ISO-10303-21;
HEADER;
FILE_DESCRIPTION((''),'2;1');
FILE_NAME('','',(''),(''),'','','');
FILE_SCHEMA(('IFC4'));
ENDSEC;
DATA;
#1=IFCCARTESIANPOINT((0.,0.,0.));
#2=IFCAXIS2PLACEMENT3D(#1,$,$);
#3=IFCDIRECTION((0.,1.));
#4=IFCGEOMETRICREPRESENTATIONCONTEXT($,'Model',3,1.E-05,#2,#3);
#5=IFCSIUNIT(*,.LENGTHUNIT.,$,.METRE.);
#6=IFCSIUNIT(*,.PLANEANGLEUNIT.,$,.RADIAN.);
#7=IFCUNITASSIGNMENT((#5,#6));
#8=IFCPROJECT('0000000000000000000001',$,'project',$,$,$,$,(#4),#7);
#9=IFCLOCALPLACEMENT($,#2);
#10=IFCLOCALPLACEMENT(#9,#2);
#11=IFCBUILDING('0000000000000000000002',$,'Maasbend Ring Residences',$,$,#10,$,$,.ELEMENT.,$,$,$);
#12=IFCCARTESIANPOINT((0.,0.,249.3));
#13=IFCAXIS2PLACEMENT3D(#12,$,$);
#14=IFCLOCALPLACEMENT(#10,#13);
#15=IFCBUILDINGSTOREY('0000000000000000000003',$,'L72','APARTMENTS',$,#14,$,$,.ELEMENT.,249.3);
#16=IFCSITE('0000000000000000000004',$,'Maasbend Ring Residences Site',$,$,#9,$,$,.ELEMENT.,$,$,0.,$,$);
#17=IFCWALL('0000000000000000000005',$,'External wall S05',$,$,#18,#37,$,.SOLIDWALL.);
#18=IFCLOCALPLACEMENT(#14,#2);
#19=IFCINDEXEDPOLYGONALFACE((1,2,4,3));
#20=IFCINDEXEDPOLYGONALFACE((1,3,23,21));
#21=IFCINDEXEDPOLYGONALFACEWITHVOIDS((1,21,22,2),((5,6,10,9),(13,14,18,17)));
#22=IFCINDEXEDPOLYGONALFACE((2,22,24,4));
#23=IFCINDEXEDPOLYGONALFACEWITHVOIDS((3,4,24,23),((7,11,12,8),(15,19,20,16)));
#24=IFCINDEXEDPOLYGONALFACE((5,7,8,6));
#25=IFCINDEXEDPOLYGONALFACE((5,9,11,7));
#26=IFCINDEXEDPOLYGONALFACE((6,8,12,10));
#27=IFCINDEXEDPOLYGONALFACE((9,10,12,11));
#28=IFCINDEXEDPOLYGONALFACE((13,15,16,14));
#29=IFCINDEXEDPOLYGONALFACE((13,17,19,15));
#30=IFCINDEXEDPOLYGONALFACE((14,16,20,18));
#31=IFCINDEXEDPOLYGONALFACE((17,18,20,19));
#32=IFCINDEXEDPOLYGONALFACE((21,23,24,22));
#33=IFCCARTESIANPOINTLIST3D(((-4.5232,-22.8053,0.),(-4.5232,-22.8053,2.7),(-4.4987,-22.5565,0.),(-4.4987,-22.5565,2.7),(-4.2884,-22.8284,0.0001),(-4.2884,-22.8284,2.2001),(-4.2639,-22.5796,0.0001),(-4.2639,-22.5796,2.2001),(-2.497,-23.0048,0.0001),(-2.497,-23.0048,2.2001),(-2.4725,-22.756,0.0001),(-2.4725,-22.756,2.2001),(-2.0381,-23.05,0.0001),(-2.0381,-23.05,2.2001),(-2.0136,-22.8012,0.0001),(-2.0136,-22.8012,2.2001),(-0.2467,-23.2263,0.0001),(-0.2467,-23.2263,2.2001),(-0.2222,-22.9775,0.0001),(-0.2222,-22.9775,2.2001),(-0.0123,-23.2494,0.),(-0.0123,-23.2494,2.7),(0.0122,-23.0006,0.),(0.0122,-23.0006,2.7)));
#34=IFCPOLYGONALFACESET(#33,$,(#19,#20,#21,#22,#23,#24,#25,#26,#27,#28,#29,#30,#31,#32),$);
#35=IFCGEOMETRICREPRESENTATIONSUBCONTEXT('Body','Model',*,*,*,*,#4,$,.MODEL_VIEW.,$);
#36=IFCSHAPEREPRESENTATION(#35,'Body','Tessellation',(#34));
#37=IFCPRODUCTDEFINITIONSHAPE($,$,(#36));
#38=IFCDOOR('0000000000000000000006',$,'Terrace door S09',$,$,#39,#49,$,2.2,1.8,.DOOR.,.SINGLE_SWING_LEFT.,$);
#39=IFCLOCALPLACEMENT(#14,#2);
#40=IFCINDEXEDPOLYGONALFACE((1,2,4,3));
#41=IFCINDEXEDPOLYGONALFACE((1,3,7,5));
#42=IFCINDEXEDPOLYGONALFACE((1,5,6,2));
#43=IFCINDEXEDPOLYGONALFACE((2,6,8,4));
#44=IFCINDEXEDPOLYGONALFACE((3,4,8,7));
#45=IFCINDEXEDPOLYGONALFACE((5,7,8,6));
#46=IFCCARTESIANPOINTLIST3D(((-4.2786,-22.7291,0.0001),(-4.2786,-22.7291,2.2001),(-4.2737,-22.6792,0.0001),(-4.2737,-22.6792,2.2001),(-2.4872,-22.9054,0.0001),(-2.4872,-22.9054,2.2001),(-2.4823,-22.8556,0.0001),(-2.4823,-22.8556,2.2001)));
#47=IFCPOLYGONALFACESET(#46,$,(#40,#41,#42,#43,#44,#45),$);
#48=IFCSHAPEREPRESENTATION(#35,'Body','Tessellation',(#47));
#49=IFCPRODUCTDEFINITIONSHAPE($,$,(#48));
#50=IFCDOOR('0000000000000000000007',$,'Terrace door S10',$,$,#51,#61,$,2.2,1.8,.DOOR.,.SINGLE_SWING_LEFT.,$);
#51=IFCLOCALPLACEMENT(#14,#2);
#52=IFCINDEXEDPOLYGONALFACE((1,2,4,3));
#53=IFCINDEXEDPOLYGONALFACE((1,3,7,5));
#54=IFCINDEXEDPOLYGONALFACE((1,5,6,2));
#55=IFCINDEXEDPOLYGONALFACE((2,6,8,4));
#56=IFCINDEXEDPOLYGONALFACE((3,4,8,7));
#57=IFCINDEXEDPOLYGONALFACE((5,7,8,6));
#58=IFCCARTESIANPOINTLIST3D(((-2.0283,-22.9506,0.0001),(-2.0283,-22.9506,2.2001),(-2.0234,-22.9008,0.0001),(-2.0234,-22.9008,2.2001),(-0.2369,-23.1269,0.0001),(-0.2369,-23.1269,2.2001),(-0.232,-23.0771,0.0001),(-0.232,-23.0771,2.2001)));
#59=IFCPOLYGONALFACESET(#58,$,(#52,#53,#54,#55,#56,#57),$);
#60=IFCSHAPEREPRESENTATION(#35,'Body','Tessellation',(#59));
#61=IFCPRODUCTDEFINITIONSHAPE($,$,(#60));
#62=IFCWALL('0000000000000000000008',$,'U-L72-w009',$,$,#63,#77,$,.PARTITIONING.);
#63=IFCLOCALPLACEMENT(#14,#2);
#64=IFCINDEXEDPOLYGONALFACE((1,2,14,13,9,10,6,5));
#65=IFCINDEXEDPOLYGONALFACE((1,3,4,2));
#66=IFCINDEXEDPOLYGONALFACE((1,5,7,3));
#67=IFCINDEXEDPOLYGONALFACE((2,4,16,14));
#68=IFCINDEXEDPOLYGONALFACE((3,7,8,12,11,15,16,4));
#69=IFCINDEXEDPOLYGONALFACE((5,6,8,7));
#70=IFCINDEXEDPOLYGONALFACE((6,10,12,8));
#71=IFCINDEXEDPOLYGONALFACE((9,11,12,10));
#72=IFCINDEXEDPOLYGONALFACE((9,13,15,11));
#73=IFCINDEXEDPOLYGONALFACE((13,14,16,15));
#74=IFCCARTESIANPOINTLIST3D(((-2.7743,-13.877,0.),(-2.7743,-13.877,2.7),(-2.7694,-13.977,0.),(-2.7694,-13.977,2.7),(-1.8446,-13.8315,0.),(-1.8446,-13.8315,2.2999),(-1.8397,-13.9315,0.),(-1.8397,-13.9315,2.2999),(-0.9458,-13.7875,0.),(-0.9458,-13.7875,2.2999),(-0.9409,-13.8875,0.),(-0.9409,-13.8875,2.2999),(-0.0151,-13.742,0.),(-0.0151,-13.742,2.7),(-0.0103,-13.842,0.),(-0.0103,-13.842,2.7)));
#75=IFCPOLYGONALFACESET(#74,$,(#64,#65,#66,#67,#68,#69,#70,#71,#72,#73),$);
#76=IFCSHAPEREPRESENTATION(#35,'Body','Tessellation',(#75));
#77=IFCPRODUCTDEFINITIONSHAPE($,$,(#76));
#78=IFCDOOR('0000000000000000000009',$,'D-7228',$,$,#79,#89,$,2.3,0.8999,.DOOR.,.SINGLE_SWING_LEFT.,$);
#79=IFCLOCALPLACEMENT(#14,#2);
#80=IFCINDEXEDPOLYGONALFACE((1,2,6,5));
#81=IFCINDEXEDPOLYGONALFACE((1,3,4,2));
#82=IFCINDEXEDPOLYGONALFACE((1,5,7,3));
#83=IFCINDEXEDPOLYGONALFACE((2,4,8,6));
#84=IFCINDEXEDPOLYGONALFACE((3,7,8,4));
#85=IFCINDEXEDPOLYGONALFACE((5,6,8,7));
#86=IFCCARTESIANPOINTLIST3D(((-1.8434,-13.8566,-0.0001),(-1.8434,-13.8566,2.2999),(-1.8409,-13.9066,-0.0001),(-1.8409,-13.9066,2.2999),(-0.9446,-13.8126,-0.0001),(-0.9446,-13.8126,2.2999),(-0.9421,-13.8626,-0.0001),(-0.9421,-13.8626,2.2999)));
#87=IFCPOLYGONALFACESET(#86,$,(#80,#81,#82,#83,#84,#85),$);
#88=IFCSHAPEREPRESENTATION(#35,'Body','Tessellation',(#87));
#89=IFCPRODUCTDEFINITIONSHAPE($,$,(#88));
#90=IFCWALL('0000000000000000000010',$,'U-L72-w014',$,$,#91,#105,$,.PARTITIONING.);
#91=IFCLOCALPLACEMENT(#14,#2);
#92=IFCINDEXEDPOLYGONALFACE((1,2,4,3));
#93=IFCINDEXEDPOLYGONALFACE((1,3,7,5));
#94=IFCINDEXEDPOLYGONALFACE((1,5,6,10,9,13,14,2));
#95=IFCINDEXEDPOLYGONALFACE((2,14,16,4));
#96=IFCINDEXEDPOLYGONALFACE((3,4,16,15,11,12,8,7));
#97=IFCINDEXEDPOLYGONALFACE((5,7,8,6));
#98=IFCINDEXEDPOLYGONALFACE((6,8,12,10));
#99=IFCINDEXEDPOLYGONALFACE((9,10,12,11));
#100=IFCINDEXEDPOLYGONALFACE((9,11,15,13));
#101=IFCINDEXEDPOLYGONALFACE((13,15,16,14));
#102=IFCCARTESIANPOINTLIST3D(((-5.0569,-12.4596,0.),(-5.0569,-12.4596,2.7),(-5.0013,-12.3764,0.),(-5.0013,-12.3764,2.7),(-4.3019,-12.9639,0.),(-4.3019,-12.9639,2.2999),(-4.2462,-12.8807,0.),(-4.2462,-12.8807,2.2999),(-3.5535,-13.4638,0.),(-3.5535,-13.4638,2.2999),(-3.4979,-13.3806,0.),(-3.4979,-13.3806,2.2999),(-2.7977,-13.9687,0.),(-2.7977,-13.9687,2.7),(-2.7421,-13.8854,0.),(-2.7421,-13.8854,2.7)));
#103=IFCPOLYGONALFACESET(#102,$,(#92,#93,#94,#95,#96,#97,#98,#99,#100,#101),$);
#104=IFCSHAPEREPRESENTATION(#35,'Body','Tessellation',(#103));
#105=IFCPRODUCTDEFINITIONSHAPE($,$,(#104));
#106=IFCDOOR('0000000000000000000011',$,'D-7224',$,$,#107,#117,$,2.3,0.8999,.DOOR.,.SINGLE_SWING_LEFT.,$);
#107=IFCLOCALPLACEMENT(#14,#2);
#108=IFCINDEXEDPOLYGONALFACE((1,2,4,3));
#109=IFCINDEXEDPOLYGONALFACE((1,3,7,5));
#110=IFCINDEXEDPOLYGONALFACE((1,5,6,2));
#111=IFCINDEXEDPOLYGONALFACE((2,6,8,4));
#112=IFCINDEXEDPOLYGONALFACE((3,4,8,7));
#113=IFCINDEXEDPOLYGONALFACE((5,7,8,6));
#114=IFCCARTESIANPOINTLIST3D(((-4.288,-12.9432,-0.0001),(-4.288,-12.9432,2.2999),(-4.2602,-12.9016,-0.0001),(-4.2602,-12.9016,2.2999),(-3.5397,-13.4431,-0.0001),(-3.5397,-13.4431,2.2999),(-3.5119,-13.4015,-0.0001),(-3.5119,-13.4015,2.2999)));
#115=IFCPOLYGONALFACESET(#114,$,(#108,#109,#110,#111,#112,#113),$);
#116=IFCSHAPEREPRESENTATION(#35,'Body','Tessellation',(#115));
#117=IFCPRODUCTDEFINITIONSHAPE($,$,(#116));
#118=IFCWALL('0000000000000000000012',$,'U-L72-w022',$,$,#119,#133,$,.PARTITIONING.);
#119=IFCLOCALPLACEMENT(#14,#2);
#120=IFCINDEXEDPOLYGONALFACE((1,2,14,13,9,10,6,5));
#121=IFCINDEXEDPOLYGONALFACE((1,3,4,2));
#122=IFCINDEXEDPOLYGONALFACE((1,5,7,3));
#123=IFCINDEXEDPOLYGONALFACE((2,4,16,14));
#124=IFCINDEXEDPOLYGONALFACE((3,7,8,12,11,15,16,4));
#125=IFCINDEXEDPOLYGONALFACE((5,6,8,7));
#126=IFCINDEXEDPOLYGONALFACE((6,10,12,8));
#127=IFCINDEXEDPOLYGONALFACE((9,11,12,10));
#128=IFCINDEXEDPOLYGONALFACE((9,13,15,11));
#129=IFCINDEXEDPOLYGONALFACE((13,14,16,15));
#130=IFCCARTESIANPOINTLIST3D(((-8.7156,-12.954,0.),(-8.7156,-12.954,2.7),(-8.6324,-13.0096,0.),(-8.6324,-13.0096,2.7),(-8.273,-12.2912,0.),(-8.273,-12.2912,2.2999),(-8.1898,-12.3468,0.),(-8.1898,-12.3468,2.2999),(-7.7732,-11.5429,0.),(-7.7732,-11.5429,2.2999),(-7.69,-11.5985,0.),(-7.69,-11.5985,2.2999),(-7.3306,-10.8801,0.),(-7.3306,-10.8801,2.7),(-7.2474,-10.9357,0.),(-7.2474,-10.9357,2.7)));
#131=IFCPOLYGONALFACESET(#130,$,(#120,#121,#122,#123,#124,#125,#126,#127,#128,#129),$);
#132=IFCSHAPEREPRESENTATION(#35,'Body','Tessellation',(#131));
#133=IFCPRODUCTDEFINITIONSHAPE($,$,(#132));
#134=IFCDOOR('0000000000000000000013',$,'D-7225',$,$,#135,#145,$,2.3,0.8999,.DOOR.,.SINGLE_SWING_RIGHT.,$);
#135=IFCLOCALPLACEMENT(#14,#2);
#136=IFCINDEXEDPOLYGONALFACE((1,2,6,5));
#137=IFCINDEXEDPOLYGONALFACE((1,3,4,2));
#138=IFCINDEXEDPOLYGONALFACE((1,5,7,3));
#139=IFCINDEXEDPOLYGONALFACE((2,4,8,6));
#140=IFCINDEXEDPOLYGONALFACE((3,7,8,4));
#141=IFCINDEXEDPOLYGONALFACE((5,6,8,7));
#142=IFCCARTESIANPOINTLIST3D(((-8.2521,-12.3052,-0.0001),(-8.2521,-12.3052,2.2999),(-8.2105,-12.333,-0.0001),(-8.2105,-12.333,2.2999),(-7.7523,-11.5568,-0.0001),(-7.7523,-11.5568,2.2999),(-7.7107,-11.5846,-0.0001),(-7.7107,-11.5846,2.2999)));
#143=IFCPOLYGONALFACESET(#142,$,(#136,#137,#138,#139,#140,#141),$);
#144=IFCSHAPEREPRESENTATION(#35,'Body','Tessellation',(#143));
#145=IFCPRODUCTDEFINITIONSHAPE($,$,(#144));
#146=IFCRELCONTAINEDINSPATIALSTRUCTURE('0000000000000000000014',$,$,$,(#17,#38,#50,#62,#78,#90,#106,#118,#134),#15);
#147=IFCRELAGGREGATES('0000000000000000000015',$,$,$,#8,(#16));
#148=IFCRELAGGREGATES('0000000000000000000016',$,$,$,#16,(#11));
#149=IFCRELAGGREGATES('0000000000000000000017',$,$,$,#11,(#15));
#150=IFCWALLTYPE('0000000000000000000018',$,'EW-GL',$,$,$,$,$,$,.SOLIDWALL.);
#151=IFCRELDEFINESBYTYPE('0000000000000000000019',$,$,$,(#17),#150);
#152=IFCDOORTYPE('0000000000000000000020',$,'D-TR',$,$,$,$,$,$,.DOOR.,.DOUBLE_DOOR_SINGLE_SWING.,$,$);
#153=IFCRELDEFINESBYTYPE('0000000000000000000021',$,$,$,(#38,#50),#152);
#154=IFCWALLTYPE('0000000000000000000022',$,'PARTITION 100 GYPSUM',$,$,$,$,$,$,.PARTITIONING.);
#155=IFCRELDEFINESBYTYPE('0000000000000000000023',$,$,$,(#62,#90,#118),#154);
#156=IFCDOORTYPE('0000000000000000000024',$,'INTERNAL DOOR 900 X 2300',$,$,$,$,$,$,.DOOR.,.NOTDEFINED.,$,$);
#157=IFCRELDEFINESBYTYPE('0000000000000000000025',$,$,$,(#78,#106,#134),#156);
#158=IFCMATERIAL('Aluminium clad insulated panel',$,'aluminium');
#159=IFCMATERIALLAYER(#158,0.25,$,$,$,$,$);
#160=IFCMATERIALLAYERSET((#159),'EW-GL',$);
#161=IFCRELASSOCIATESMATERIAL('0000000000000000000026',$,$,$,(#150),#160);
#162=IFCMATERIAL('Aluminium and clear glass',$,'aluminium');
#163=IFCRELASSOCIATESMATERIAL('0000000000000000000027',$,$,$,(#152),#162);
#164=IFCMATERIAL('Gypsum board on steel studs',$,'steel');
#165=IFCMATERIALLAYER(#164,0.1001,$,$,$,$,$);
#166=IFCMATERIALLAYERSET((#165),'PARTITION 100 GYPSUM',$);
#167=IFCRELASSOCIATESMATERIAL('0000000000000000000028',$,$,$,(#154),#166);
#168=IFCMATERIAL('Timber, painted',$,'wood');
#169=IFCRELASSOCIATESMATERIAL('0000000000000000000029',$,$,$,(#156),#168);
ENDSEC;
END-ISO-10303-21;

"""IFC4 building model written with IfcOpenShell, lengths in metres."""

from ifc_helpers import new_model, si_unit, direction, frame, frame_2d, origin, place, context, subcontext, project, spatial, rectangle, extrude, material, layer, layer_set, type_object, element, fill, save


model = new_model("IFC4")

# Units and contexts
model_context = context("Model", 3, precision=1e-05, world=origin(), true_north=direction((0.0, 1.0)))
body_context = subcontext(model_context, "Body", "Model", "MODEL_VIEW")
ifc_project = project(units=[si_unit("LENGTHUNIT", "METRE"), si_unit("PLANEANGLEUNIT", "RADIAN")], contexts=[model_context])

# Site, building, storey
site_placement = place(None, origin())
site = spatial("IfcSite", under=ifc_project, at=site_placement, Name="Maasbend Ring Residences Site", CompositionType="ELEMENT", RefElevation=0.0)
building_placement = place(site_placement, origin())
building = spatial("IfcBuilding", under=site, at=building_placement, Name="Maasbend Ring Residences", CompositionType="ELEMENT")
storey_placement = place(building_placement, frame((0.0, 0.0, 249.3)))
storey = spatial("IfcBuildingStorey", under=building, at=storey_placement, Name="L72", Description="APARTMENTS", CompositionType="ELEMENT", Elevation=249.3)

# Wall, openings, doors
ifc_material_1 = material(Name="Aluminium clad insulated panel", Category="aluminium")
ifc_layer_1 = layer(ifc_material_1, 0.25)
ifc_layer_set_1 = layer_set([ifc_layer_1], Name="EW-GL")
wall_type_1 = type_object("IfcWallType", Name="EW-GL", PredefinedType="SOLIDWALL", material=ifc_layer_set_1)
wall_1_placement = place(storey_placement, frame((-4.511, -22.6809, 0.0), z_axis=(0.0, 0.0, 1.0), x_axis=(0.995189, -0.097973, 0.0)))
wall_1 = element("IfcWall", 1, at=wall_1_placement, inside=storey, type_object=wall_type_1, Name="External wall S05", PredefinedType="SOLIDWALL", context=body_context, shape_type="SweptSolid", body=[
    extrude(rectangle(XDim=4.5327, YDim=0.25, at=frame_2d((2.2664, 0.0))), origin(), (0.0, 0.0, 1.0), 2.7),
])
opening_1_placement = place(wall_1_placement, frame((0.2361, 0.0, 0.0)))
opening_1 = element("IfcOpeningElement", 2, at=opening_1_placement, cuts=wall_1, PredefinedType="OPENING", context=body_context, shape_type="SweptSolid", body=[
    extrude(rectangle(XDim=1.8, YDim=2.2, at=frame_2d((0.8999, 1.1001))), frame((0.0, 0.135, 0.0), z_axis=(0.0, -1.0, 0.0), x_axis=(1.0, 0.0, 0.0)), (0.0, 0.0, 1.0), 0.27),
])
opening_2_placement = place(wall_1_placement, frame((2.4973, 0.0, 0.0)))
opening_2 = element("IfcOpeningElement", 3, at=opening_2_placement, cuts=wall_1, PredefinedType="OPENING", context=body_context, shape_type="SweptSolid", body=[
    extrude(rectangle(XDim=1.8, YDim=2.2, at=frame_2d((0.8999, 1.1001))), frame((0.0, 0.135, 0.0), z_axis=(0.0, -1.0, 0.0), x_axis=(1.0, 0.0, 0.0)), (0.0, 0.0, 1.0), 0.27),
])
ifc_material_2 = material(Name="Aluminium and clear glass", Category="aluminium")
door_type_1 = type_object("IfcDoorType", Name="D-TR", OperationType="DOUBLE_DOOR_SINGLE_SWING", PredefinedType="DOOR", material=ifc_material_2)
door_1_placement = place(opening_1_placement, origin())
door_1 = element("IfcDoor", 4, at=door_1_placement, inside=storey, type_object=door_type_1, Name="Terrace door S09", OperationType="SINGLE_SWING_LEFT", OverallHeight=2.2, OverallWidth=1.8, PredefinedType="DOOR", context=body_context, shape_type="SweptSolid", body=[
    extrude(rectangle(XDim=1.8, YDim=2.2, at=frame_2d((0.8999, 1.1001))), frame((0.0, 0.0249, 0.0), z_axis=(0.0, -1.0, 0.0), x_axis=(1.0, 0.0, 0.0)), (0.0, 0.0, 1.0), 0.05),
])
fill(opening_1, door_1)
door_2_placement = place(opening_2_placement, origin())
door_2 = element("IfcDoor", 5, at=door_2_placement, inside=storey, type_object=door_type_1, Name="Terrace door S10", OperationType="SINGLE_SWING_LEFT", OverallHeight=2.2, OverallWidth=1.8, PredefinedType="DOOR", context=body_context, shape_type="SweptSolid", body=[
    extrude(rectangle(XDim=1.8, YDim=2.2, at=frame_2d((0.8999, 1.1001))), frame((0.0, 0.0249, 0.0), z_axis=(0.0, -1.0, 0.0), x_axis=(1.0, 0.0, 0.0)), (0.0, 0.0, 1.0), 0.05),
])
fill(opening_2, door_2)

# Walls, openings, doors
ifc_material_3 = material(Name="Gypsum board on steel studs", Category="steel")
ifc_layer_2 = layer(ifc_material_3, 0.1001)
ifc_layer_set_2 = layer_set([ifc_layer_2], Name="PARTITION 100 GYPSUM")
wall_type_2 = type_object("IfcWallType", Name="PARTITION 100 GYPSUM", PredefinedType="PARTITIONING", material=ifc_layer_set_2)
wall_2_placement = place(storey_placement, frame((-2.772, -13.927, 0.0), z_axis=(0.0, 0.0, 1.0), x_axis=(0.998805, 0.048875, 0.0)))
wall_2 = element("IfcWall", 6, at=wall_2_placement, inside=storey, type_object=wall_type_2, Name="U-L72-w009", PredefinedType="PARTITIONING", context=body_context, shape_type="SweptSolid", body=[
    extrude(rectangle(XDim=2.7625, YDim=0.1001, at=frame_2d((1.3813, 0.0))), origin(), (0.0, 0.0, 1.0), 2.7),
])
opening_3_placement = place(wall_2_placement, frame((0.9309, 0.0, 0.0)))
opening_3 = element("IfcOpeningElement", 7, at=opening_3_placement, cuts=wall_2, PredefinedType="OPENING", context=body_context, shape_type="SweptSolid", body=[
    extrude(rectangle(XDim=0.8999, YDim=2.3, at=frame_2d((0.45, 1.1499))), frame((0.0, 0.0601, 0.0), z_axis=(0.0, -1.0, 0.0), x_axis=(1.0, 0.0, 0.0)), (0.0, 0.0, 1.0), 0.1201),
])
ifc_material_4 = material(Name="Timber, painted", Category="wood")
door_type_2 = type_object("IfcDoorType", Name="INTERNAL DOOR 900 X 2300", OperationType="NOTDEFINED", PredefinedType="DOOR", material=ifc_material_4)
door_3_placement = place(opening_3_placement, origin())
door_3 = element("IfcDoor", 8, at=door_3_placement, inside=storey, type_object=door_type_2, Name="D-7228", OperationType="SINGLE_SWING_LEFT", OverallHeight=2.3, OverallWidth=0.8999, PredefinedType="DOOR", context=body_context, shape_type="SweptSolid", body=[
    extrude(rectangle(XDim=0.8999, YDim=2.3, at=frame_2d((0.45, 1.1499))), frame((0.0, 0.0249, 0.0), z_axis=(0.0, -1.0, 0.0), x_axis=(1.0, 0.0, 0.0)), (0.0, 0.0, 1.0), 0.05),
])
fill(opening_3, door_3)
wall_3_placement = place(storey_placement, frame((-5.0291, -12.418, 0.0), z_axis=(0.0, 0.0, 1.0), x_axis=(0.831538, -0.555467, 0.0)))
wall_3 = element("IfcWall", 9, at=wall_3_placement, inside=storey, type_object=wall_type_2, Name="U-L72-w014", PredefinedType="PARTITIONING", context=body_context, shape_type="SweptSolid", body=[
    extrude(rectangle(XDim=2.7168, YDim=0.1001, at=frame_2d((1.3584, 0.0))), origin(), (0.0, 0.0, 1.0), 2.7),
])
opening_4_placement = place(wall_3_placement, frame((0.908, 0.0, 0.0)))
opening_4 = element("IfcOpeningElement", 10, at=opening_4_placement, cuts=wall_3, PredefinedType="OPENING", context=body_context, shape_type="SweptSolid", body=[
    extrude(rectangle(XDim=0.8999, YDim=2.3, at=frame_2d((0.45, 1.1499))), frame((0.0, 0.0601, 0.0), z_axis=(0.0, -1.0, 0.0), x_axis=(1.0, 0.0, 0.0)), (0.0, 0.0, 1.0), 0.1201),
])
door_4_placement = place(opening_4_placement, origin())
door_4 = element("IfcDoor", 11, at=door_4_placement, inside=storey, type_object=door_type_2, Name="D-7224", OperationType="SINGLE_SWING_LEFT", OverallHeight=2.3, OverallWidth=0.8999, PredefinedType="DOOR", context=body_context, shape_type="SweptSolid", body=[
    extrude(rectangle(XDim=0.8999, YDim=2.3, at=frame_2d((0.45, 1.1499))), frame((0.0, 0.0249, 0.0), z_axis=(0.0, -1.0, 0.0), x_axis=(1.0, 0.0, 0.0)), (0.0, 0.0, 1.0), 0.05),
])
fill(opening_4, door_4)
wall_4_placement = place(storey_placement, frame((-8.6741, -12.9819, 0.0), z_axis=(0.0, 0.0, 1.0), x_axis=(0.555355, 0.831613, 0.0)))
wall_4 = element("IfcWall", 12, at=wall_4_placement, inside=storey, type_object=wall_type_2, Name="U-L72-w022", PredefinedType="PARTITIONING", context=body_context, shape_type="SweptSolid", body=[
    extrude(rectangle(XDim=2.4939, YDim=0.1001, at=frame_2d((1.2471, 0.0))), origin(), (0.0, 0.0, 1.0), 2.7),
])
opening_5_placement = place(wall_4_placement, frame((0.7971, 0.0, 0.0)))
opening_5 = element("IfcOpeningElement", 13, at=opening_5_placement, cuts=wall_4, PredefinedType="OPENING", context=body_context, shape_type="SweptSolid", body=[
    extrude(rectangle(XDim=0.8999, YDim=2.3, at=frame_2d((0.45, 1.1499))), frame((0.0, 0.0601, 0.0), z_axis=(0.0, -1.0, 0.0), x_axis=(1.0, 0.0, 0.0)), (0.0, 0.0, 1.0), 0.1201),
])
door_5_placement = place(opening_5_placement, origin())
door_5 = element("IfcDoor", 14, at=door_5_placement, inside=storey, type_object=door_type_2, Name="D-7225", OperationType="SINGLE_SWING_RIGHT", OverallHeight=2.3, OverallWidth=0.8999, PredefinedType="DOOR", context=body_context, shape_type="SweptSolid", body=[
    extrude(rectangle(XDim=0.8999, YDim=2.3, at=frame_2d((0.45, 1.1499))), frame((0.0, 0.0249, 0.0), z_axis=(0.0, -1.0, 0.0), x_axis=(1.0, 0.0, 0.0)), (0.0, 0.0, 1.0), 0.05),
])
fill(opening_5, door_5)

save(model, "model.ifc")
